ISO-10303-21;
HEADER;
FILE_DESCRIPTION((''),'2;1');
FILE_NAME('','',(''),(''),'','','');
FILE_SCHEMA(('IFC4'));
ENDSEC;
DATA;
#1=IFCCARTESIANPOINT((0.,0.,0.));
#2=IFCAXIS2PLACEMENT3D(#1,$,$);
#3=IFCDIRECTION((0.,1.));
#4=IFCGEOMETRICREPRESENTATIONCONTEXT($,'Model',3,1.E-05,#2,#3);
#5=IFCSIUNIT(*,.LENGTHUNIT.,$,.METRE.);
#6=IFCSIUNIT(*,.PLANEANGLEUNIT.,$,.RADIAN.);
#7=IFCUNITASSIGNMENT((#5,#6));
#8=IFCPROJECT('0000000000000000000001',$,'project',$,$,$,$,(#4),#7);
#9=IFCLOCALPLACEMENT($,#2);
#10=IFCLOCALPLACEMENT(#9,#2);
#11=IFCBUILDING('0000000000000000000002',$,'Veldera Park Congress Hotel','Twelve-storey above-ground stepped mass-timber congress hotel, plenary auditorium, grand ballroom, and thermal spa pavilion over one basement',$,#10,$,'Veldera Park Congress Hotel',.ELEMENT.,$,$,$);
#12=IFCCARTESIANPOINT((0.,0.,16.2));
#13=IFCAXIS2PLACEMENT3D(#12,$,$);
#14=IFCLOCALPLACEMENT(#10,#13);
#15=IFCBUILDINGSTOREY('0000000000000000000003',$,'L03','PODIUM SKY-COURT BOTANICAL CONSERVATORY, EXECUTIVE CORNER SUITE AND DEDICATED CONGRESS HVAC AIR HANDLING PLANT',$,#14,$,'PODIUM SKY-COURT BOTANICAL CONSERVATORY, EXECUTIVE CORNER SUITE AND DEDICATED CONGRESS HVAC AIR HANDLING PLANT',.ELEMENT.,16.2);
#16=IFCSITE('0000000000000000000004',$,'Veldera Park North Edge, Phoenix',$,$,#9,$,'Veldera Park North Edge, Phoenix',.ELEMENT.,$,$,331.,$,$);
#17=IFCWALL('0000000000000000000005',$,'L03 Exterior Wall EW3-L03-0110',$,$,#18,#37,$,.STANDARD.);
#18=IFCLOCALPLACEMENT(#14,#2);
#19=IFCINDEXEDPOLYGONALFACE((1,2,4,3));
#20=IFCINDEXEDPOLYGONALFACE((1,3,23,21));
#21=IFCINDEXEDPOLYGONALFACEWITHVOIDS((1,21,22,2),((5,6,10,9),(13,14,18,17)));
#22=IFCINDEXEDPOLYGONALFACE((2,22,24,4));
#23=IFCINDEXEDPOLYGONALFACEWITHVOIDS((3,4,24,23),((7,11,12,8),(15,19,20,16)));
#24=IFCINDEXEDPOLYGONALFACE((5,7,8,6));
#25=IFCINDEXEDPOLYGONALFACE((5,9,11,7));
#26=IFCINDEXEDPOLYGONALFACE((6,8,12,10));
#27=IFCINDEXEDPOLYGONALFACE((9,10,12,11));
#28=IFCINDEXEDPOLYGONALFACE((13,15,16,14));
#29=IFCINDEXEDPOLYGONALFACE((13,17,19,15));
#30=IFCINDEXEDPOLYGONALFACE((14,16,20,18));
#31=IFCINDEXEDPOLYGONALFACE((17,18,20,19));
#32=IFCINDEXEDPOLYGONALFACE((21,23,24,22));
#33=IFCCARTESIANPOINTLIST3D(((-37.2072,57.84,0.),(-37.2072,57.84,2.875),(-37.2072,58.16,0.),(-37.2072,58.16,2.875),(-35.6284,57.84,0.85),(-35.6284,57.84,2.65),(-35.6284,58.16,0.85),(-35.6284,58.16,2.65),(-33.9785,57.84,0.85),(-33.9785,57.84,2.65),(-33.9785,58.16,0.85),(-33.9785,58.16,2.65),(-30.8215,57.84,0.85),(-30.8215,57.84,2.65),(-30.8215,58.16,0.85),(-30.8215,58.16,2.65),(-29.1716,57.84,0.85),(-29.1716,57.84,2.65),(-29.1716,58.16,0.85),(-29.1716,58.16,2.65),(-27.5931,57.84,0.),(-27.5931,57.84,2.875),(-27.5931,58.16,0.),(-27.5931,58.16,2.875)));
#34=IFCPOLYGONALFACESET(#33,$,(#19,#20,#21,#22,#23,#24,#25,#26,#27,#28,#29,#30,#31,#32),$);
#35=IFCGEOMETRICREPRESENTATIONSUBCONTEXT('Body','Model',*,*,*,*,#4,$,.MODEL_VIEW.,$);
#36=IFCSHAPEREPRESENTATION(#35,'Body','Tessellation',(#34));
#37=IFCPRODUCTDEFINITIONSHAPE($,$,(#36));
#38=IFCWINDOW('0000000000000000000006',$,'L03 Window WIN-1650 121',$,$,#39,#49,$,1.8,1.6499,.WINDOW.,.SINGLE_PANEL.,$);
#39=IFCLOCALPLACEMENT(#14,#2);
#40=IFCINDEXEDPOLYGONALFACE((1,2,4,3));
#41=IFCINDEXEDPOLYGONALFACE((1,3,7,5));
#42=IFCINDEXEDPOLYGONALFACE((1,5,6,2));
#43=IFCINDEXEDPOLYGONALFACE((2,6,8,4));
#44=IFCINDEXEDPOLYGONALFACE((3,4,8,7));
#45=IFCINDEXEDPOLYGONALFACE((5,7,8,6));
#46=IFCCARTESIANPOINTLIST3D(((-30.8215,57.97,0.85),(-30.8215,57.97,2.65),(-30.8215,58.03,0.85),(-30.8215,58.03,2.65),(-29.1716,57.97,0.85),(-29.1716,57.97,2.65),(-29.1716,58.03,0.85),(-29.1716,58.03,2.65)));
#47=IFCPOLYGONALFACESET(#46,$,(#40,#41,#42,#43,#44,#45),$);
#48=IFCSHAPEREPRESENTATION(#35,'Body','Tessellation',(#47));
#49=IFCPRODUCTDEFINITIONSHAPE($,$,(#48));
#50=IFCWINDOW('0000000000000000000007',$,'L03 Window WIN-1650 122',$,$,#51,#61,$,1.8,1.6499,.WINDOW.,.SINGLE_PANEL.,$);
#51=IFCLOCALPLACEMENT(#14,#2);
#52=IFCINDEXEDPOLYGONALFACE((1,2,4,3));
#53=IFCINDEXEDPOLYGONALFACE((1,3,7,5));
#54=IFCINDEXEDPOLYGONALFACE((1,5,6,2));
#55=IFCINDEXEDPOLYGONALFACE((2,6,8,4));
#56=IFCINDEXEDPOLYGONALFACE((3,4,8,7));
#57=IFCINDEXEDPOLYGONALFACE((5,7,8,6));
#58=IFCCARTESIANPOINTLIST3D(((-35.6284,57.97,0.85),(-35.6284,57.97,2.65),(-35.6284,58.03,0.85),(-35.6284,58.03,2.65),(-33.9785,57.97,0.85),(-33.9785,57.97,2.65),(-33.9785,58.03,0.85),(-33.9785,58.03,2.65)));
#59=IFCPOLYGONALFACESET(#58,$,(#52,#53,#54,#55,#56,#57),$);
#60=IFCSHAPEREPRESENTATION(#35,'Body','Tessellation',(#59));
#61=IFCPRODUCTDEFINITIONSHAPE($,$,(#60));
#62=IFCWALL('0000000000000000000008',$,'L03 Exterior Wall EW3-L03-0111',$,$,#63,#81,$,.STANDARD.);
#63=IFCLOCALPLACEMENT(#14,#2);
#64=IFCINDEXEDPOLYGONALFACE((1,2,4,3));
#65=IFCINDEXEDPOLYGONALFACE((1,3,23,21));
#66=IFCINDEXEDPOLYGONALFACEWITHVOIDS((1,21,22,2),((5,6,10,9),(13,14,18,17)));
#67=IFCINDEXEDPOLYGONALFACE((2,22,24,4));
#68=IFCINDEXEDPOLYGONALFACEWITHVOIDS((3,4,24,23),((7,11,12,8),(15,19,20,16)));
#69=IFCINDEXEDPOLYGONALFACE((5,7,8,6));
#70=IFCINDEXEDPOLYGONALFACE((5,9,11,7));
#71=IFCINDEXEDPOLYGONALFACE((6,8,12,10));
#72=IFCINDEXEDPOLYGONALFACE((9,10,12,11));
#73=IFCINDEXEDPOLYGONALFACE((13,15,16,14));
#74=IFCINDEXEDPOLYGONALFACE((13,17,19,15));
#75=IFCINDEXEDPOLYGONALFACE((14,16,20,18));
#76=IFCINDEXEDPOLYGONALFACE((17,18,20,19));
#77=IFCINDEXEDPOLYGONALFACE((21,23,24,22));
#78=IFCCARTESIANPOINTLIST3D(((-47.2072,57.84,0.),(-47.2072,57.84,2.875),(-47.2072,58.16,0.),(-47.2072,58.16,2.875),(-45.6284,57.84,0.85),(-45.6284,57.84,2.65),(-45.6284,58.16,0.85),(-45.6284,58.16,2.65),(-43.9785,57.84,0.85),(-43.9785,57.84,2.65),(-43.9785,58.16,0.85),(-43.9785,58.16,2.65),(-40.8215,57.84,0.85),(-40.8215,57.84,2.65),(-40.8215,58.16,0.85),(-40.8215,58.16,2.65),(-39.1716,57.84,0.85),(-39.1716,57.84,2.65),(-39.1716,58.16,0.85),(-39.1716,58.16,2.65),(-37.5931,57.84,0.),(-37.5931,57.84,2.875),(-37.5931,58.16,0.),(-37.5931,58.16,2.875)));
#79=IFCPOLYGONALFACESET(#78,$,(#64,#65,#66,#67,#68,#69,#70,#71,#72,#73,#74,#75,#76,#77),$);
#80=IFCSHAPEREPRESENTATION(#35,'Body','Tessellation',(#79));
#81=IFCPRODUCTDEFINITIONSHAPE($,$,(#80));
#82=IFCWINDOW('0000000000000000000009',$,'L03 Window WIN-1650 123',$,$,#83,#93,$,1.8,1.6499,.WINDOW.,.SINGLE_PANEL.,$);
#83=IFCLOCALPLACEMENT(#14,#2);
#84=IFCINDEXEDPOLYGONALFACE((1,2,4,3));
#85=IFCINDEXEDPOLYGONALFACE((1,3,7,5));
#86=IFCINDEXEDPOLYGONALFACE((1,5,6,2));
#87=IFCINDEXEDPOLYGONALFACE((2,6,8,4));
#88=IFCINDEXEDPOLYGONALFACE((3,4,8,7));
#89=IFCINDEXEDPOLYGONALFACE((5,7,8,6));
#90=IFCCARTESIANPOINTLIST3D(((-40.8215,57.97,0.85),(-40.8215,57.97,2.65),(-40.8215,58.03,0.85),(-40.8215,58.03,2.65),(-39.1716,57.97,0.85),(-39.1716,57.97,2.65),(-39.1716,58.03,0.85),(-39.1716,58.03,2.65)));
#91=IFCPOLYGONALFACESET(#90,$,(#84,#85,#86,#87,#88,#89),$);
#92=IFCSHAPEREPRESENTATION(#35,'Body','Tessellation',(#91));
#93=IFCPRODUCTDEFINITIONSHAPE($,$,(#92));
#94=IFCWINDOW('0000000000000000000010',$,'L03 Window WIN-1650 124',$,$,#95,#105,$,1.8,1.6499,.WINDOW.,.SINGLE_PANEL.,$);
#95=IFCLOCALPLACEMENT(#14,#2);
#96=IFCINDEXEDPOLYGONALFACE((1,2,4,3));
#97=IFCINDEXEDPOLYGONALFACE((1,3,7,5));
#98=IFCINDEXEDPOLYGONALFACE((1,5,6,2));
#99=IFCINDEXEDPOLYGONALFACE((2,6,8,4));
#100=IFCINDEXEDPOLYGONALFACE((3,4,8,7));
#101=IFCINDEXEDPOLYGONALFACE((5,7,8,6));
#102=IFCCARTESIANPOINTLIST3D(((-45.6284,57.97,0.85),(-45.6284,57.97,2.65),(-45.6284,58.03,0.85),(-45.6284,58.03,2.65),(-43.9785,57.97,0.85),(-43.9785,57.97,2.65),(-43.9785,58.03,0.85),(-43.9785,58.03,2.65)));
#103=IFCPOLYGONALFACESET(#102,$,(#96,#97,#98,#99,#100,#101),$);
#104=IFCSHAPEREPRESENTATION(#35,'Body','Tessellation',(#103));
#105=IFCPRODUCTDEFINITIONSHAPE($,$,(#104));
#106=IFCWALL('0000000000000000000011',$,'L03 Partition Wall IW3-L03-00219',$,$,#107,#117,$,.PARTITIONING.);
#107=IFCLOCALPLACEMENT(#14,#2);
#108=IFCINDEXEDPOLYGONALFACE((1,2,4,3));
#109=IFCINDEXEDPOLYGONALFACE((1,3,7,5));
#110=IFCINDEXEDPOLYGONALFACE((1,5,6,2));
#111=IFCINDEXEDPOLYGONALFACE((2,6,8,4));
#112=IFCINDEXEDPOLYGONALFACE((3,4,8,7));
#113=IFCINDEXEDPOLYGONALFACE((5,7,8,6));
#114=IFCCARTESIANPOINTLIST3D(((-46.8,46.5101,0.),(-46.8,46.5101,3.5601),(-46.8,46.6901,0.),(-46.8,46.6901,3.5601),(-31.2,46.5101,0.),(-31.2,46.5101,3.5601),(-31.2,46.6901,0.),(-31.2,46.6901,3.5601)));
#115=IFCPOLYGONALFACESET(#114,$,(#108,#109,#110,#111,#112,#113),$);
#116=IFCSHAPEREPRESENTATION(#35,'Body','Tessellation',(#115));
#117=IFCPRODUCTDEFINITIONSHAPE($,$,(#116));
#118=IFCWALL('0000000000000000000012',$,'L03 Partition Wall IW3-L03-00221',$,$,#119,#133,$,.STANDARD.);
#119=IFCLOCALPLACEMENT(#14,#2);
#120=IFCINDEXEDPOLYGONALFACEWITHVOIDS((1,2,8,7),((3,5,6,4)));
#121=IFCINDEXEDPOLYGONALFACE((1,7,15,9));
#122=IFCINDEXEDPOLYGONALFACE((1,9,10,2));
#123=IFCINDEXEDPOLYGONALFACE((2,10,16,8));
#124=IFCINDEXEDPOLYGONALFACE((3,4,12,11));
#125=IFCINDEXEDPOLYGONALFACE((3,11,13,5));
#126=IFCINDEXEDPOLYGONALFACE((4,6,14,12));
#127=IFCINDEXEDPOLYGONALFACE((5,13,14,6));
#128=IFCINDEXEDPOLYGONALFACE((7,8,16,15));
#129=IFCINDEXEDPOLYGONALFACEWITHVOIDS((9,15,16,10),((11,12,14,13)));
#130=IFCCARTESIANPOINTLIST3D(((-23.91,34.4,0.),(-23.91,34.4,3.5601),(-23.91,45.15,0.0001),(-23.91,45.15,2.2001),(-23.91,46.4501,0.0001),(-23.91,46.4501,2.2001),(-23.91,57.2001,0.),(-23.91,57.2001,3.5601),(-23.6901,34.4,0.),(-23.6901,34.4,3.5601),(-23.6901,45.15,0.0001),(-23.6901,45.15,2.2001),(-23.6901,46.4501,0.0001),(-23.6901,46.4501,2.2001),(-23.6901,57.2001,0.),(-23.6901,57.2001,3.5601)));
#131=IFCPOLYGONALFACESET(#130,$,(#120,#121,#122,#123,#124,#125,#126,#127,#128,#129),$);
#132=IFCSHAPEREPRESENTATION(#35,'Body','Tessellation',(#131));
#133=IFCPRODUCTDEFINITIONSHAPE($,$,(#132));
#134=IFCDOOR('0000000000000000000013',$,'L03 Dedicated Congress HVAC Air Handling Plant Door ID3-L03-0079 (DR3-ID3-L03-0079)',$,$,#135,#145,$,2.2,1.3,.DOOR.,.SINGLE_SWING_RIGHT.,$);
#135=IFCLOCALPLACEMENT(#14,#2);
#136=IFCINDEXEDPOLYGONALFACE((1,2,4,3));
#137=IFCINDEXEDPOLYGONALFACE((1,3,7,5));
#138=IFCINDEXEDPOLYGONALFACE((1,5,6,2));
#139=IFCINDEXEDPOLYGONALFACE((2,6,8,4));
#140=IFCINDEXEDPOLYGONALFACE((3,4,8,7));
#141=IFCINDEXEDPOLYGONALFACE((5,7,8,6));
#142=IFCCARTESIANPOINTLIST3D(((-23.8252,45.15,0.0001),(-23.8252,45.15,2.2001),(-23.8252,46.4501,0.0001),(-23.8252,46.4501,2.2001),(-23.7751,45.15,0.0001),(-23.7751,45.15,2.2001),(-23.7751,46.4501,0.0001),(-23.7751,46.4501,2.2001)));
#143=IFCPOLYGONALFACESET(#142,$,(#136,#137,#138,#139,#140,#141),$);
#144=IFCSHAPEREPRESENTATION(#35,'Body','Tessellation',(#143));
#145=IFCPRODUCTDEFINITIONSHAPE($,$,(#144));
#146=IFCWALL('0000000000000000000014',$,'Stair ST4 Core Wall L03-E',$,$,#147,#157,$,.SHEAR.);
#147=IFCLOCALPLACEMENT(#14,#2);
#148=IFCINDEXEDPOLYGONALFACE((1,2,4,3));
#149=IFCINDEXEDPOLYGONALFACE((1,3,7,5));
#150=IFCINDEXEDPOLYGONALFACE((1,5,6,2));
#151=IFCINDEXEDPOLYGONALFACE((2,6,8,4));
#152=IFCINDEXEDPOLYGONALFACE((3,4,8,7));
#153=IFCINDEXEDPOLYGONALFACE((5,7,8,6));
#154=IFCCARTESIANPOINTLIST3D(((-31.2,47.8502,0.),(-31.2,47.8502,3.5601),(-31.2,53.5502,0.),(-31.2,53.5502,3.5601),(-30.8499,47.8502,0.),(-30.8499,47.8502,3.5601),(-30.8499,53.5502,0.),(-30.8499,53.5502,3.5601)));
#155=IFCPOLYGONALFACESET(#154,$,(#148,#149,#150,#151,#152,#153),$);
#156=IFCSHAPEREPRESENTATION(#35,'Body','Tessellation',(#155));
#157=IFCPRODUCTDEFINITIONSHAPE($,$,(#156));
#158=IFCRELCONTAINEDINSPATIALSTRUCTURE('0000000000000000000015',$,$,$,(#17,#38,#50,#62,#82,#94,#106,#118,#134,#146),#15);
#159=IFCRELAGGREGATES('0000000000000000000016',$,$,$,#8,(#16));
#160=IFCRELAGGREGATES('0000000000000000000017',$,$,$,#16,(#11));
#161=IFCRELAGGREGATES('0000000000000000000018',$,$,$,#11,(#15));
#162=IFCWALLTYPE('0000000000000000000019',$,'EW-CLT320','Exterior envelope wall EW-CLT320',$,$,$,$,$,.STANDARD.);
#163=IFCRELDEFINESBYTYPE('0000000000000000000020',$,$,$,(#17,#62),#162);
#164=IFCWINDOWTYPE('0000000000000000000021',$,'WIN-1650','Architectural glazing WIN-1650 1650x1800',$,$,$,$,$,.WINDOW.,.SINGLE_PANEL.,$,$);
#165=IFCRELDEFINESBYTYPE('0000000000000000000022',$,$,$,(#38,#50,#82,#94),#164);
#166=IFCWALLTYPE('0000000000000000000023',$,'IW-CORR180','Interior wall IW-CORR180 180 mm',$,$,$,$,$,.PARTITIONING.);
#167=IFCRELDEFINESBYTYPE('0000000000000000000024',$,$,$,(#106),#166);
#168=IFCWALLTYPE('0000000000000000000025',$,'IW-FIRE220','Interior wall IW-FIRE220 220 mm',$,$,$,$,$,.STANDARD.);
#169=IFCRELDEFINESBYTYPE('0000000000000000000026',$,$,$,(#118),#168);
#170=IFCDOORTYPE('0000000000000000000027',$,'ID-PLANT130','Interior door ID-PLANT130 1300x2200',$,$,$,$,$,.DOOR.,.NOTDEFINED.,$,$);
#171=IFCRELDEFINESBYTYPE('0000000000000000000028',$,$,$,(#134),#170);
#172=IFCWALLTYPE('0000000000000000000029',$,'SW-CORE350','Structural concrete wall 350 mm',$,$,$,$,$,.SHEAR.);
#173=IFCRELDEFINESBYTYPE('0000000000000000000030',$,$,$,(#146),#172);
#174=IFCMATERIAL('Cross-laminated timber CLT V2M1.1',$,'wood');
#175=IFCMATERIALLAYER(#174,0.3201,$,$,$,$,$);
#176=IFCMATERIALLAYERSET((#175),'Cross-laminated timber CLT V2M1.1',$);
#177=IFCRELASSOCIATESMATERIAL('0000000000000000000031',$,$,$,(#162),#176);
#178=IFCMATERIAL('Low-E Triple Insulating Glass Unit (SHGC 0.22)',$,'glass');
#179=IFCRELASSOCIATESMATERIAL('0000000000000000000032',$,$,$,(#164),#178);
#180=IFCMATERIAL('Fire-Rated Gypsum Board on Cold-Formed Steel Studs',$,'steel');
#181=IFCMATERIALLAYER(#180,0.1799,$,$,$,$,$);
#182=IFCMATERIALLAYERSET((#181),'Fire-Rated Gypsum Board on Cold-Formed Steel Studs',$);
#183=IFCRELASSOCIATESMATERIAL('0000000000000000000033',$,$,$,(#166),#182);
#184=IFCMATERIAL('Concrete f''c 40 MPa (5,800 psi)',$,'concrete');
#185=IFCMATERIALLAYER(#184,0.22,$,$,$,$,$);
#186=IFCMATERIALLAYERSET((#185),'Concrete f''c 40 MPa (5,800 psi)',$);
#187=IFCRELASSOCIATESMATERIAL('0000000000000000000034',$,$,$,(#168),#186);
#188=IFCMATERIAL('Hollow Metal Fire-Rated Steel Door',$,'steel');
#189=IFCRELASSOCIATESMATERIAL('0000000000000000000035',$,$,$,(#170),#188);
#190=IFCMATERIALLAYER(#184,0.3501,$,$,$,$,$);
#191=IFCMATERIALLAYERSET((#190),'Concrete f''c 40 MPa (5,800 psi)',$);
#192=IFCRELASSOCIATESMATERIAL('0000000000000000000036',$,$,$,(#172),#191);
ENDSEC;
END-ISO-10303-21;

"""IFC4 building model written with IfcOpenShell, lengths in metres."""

from ifc_helpers import new_model, si_unit, direction, frame, frame_2d, origin, place, context, subcontext, project, spatial, rectangle, extrude, material, layer, layer_set, type_object, element, fill, save


model = new_model("IFC4")

# Units and contexts
model_context = context("Model", 3, precision=1e-05, world=origin(), true_north=direction((0.0, 1.0)))
body_context = subcontext(model_context, "Body", "Model", "MODEL_VIEW")
ifc_project = project(units=[si_unit("LENGTHUNIT", "METRE"), si_unit("PLANEANGLEUNIT", "RADIAN")], contexts=[model_context])

# Site, building, storey
site_placement = place(None, origin())
site = spatial("IfcSite", under=ifc_project, at=site_placement, Name="Veldera Park North Edge, Phoenix", LongName="Veldera Park North Edge, Phoenix", CompositionType="ELEMENT", RefElevation=331.0)
building_placement = place(site_placement, origin())
building = spatial("IfcBuilding", under=site, at=building_placement, Name="Veldera Park Congress Hotel", Description="Twelve-storey above-ground stepped mass-timber congress hotel, plenary auditorium, grand ballroom, and thermal spa pavilion over one basement", LongName="Veldera Park Congress Hotel", CompositionType="ELEMENT")
storey_placement = place(building_placement, frame((0.0, 0.0, 16.2)))
storey = spatial("IfcBuildingStorey", under=building, at=storey_placement, Name="L03", Description="PODIUM SKY-COURT BOTANICAL CONSERVATORY, EXECUTIVE CORNER SUITE AND DEDICATED CONGRESS HVAC AIR HANDLING PLANT", LongName="PODIUM SKY-COURT BOTANICAL CONSERVATORY, EXECUTIVE CORNER SUITE AND DEDICATED CONGRESS HVAC AIR HANDLING PLANT", CompositionType="ELEMENT", Elevation=16.2)

# Walls, openings, windows
ifc_material_1 = material(Name="Cross-laminated timber CLT V2M1.1", Category="wood")
ifc_layer_1 = layer(ifc_material_1, 0.3201)
ifc_layer_set_1 = layer_set([ifc_layer_1], Name="Cross-laminated timber CLT V2M1.1")
wall_type_1 = type_object("IfcWallType", Name="EW-CLT320", Description="Exterior envelope wall EW-CLT320", PredefinedType="STANDARD", material=ifc_layer_set_1)
wall_1_placement = place(storey_placement, frame((-27.593, 58.0, 0.0), z_axis=(0.0, 0.0, 1.0), x_axis=(-1.0, 0.0, 0.0)))
wall_1 = element("IfcWall", 1, at=wall_1_placement, inside=storey, type_object=wall_type_1, Name="L03 Exterior Wall EW3-L03-0110", PredefinedType="STANDARD", context=body_context, shape_type="SweptSolid", body=[
    extrude(rectangle(XDim=9.614, YDim=0.3201, at=frame_2d((4.8071, 0.0))), origin(), (0.0, 0.0, 1.0), 2.875),
])
opening_1_placement = place(wall_1_placement, frame((1.5786, 0.0, 0.8501)))
opening_1 = element("IfcOpeningElement", 2, at=opening_1_placement, cuts=wall_1, PredefinedType="OPENING", context=body_context, shape_type="SweptSolid", body=[
    extrude(rectangle(XDim=1.6499, YDim=1.8, at=frame_2d((0.825, 0.8999))), frame((0.0, 0.1721, 0.0), z_axis=(0.0, -1.0, 0.0), x_axis=(1.0, 0.0, 0.0)), (0.0, 0.0, 1.0), 0.344),
])
opening_2_placement = place(wall_1_placement, frame((6.3855, 0.0, 0.8501)))
opening_2 = element("IfcOpeningElement", 3, at=opening_2_placement, cuts=wall_1, PredefinedType="OPENING", context=body_context, shape_type="SweptSolid", body=[
    extrude(rectangle(XDim=1.6499, YDim=1.8, at=frame_2d((0.825, 0.8999))), frame((0.0, 0.1721, 0.0), z_axis=(0.0, -1.0, 0.0), x_axis=(1.0, 0.0, 0.0)), (0.0, 0.0, 1.0), 0.344),
])
ifc_material_2 = material(Name="Low-E Triple Insulating Glass Unit (SHGC 0.22)", Category="glass")
window_type = type_object("IfcWindowType", Name="WIN-1650", Description="Architectural glazing WIN-1650 1650x1800", PartitioningType="SINGLE_PANEL", PredefinedType="WINDOW", material=ifc_material_2)
window_1_placement = place(opening_1_placement, origin())
window_1 = element("IfcWindow", 4, at=window_1_placement, inside=storey, type_object=window_type, Name="L03 Window WIN-1650 121", OverallHeight=1.8, OverallWidth=1.6499, PartitioningType="SINGLE_PANEL", PredefinedType="WINDOW", context=body_context, shape_type="SweptSolid", body=[
    extrude(rectangle(XDim=1.6499, YDim=1.8, at=frame_2d((0.825, 0.8999))), frame((0.0, 0.03, 0.0), z_axis=(0.0, -1.0, 0.0), x_axis=(1.0, 0.0, 0.0)), (0.0, 0.0, 1.0), 0.0601),
])
fill(opening_1, window_1)
window_2_placement = place(opening_2_placement, origin())
window_2 = element("IfcWindow", 5, at=window_2_placement, inside=storey, type_object=window_type, Name="L03 Window WIN-1650 122", OverallHeight=1.8, OverallWidth=1.6499, PartitioningType="SINGLE_PANEL", PredefinedType="WINDOW", context=body_context, shape_type="SweptSolid", body=[
    extrude(rectangle(XDim=1.6499, YDim=1.8, at=frame_2d((0.825, 0.8999))), frame((0.0, 0.03, 0.0), z_axis=(0.0, -1.0, 0.0), x_axis=(1.0, 0.0, 0.0)), (0.0, 0.0, 1.0), 0.0601),
])
fill(opening_2, window_2)
wall_2_placement = place(storey_placement, frame((-37.593, 58.0, 0.0), z_axis=(0.0, 0.0, 1.0), x_axis=(-1.0, 0.0, 0.0)))
wall_2 = element("IfcWall", 6, at=wall_2_placement, inside=storey, type_object=wall_type_1, Name="L03 Exterior Wall EW3-L03-0111", PredefinedType="STANDARD", context=body_context, shape_type="SweptSolid", body=[
    extrude(rectangle(XDim=9.614, YDim=0.3201, at=frame_2d((4.8071, 0.0))), origin(), (0.0, 0.0, 1.0), 2.875),
])
opening_3_placement = place(wall_2_placement, frame((1.5786, 0.0, 0.8501)))
opening_3 = element("IfcOpeningElement", 7, at=opening_3_placement, cuts=wall_2, PredefinedType="OPENING", context=body_context, shape_type="SweptSolid", body=[
    extrude(rectangle(XDim=1.6499, YDim=1.8, at=frame_2d((0.825, 0.8999))), frame((0.0, 0.1721, 0.0), z_axis=(0.0, -1.0, 0.0), x_axis=(1.0, 0.0, 0.0)), (0.0, 0.0, 1.0), 0.344),
])
opening_4_placement = place(wall_2_placement, frame((6.3855, 0.0, 0.8501)))
opening_4 = element("IfcOpeningElement", 8, at=opening_4_placement, cuts=wall_2, PredefinedType="OPENING", context=body_context, shape_type="SweptSolid", body=[
    extrude(rectangle(XDim=1.6499, YDim=1.8, at=frame_2d((0.825, 0.8999))), frame((0.0, 0.1721, 0.0), z_axis=(0.0, -1.0, 0.0), x_axis=(1.0, 0.0, 0.0)), (0.0, 0.0, 1.0), 0.344),
])
window_3_placement = place(opening_3_placement, origin())
window_3 = element("IfcWindow", 9, at=window_3_placement, inside=storey, type_object=window_type, Name="L03 Window WIN-1650 123", OverallHeight=1.8, OverallWidth=1.6499, PartitioningType="SINGLE_PANEL", PredefinedType="WINDOW", context=body_context, shape_type="SweptSolid", body=[
    extrude(rectangle(XDim=1.6499, YDim=1.8, at=frame_2d((0.825, 0.8999))), frame((0.0, 0.03, 0.0), z_axis=(0.0, -1.0, 0.0), x_axis=(1.0, 0.0, 0.0)), (0.0, 0.0, 1.0), 0.0601),
])
fill(opening_3, window_3)
window_4_placement = place(opening_4_placement, origin())
window_4 = element("IfcWindow", 10, at=window_4_placement, inside=storey, type_object=window_type, Name="L03 Window WIN-1650 124", OverallHeight=1.8, OverallWidth=1.6499, PartitioningType="SINGLE_PANEL", PredefinedType="WINDOW", context=body_context, shape_type="SweptSolid", body=[
    extrude(rectangle(XDim=1.6499, YDim=1.8, at=frame_2d((0.825, 0.8999))), frame((0.0, 0.03, 0.0), z_axis=(0.0, -1.0, 0.0), x_axis=(1.0, 0.0, 0.0)), (0.0, 0.0, 1.0), 0.0601),
])
fill(opening_4, window_4)

# Wall
ifc_material_3 = material(Name="Fire-Rated Gypsum Board on Cold-Formed Steel Studs", Category="steel")
ifc_layer_2 = layer(ifc_material_3, 0.1799)
ifc_layer_set_2 = layer_set([ifc_layer_2], Name="Fire-Rated Gypsum Board on Cold-Formed Steel Studs")
wall_type_2 = type_object("IfcWallType", Name="IW-CORR180", Description="Interior wall IW-CORR180 180 mm", PredefinedType="PARTITIONING", material=ifc_layer_set_2)
wall_3_placement = place(storey_placement, frame((-31.2, 46.6001, 0.0), z_axis=(0.0, 0.0, 1.0), x_axis=(-1.0, 0.0, 0.0)))
element("IfcWall", 11, at=wall_3_placement, inside=storey, type_object=wall_type_2, Name="L03 Partition Wall IW3-L03-00219", PredefinedType="PARTITIONING", context=body_context, shape_type="SweptSolid", body=[
    extrude(rectangle(XDim=15.6001, YDim=0.1799, at=frame_2d((7.8, 0.0))), origin(), (0.0, 0.0, 1.0), 3.5601),
])

# Wall, opening, door
ifc_material_4 = material(Name="Concrete f'c 40 MPa (5,800 psi)", Category="concrete")
ifc_layer_3 = layer(ifc_material_4, 0.22)
ifc_layer_set_3 = layer_set([ifc_layer_3], Name="Concrete f'c 40 MPa (5,800 psi)")
wall_type_3 = type_object("IfcWallType", Name="IW-FIRE220", Description="Interior wall IW-FIRE220 220 mm", PredefinedType="STANDARD", material=ifc_layer_set_3)
wall_4_placement = place(storey_placement, frame((-23.8, 57.2, 0.0), z_axis=(0.0, 0.0, 1.0), x_axis=(0.0, -1.0, 0.0)))
wall_4 = element("IfcWall", 12, at=wall_4_placement, inside=storey, type_object=wall_type_3, Name="L03 Partition Wall IW3-L03-00221", PredefinedType="STANDARD", context=body_context, shape_type="SweptSolid", body=[
    extrude(rectangle(XDim=22.8, YDim=0.22, at=frame_2d((11.3999, 0.0))), origin(), (0.0, 0.0, 1.0), 3.5601),
])
opening_5_placement = place(wall_4_placement, frame((10.75, 0.0, 0.0)))
opening_5 = element("IfcOpeningElement", 13, at=opening_5_placement, cuts=wall_4, PredefinedType="OPENING", context=body_context, shape_type="SweptSolid", body=[
    extrude(rectangle(XDim=1.3, YDim=2.2, at=frame_2d((0.6499, 1.1001))), frame((0.0, 0.1221, 0.0), z_axis=(0.0, -1.0, 0.0), x_axis=(1.0, 0.0, 0.0)), (0.0, 0.0, 1.0), 0.2439),
])
ifc_material_5 = material(Name="Hollow Metal Fire-Rated Steel Door", Category="steel")
door_type = type_object("IfcDoorType", Name="ID-PLANT130", Description="Interior door ID-PLANT130 1300x2200", OperationType="NOTDEFINED", PredefinedType="DOOR", material=ifc_material_5)
door_placement = place(opening_5_placement, origin())
door = element("IfcDoor", 14, at=door_placement, inside=storey, type_object=door_type, Name="L03 Dedicated Congress HVAC Air Handling Plant Door ID3-L03-0079 (DR3-ID3-L03-0079)", OperationType="SINGLE_SWING_RIGHT", OverallHeight=2.2, OverallWidth=1.3, PredefinedType="DOOR", context=body_context, shape_type="SweptSolid", body=[
    extrude(rectangle(XDim=1.3, YDim=2.2, at=frame_2d((0.6499, 1.1001))), frame((0.0, 0.0249, 0.0), z_axis=(0.0, -1.0, 0.0), x_axis=(1.0, 0.0, 0.0)), (0.0, 0.0, 1.0), 0.05),
])
fill(opening_5, door)

# Wall
ifc_layer_4 = layer(ifc_material_4, 0.3501)
ifc_layer_set_4 = layer_set([ifc_layer_4], Name="Concrete f'c 40 MPa (5,800 psi)")
wall_type_4 = type_object("IfcWallType", Name="SW-CORE350", Description="Structural concrete wall 350 mm", PredefinedType="SHEAR", material=ifc_layer_set_4)
wall_5_placement = place(storey_placement, frame((-31.0249, 47.8501, 0.0), z_axis=(0.0, 0.0, 1.0), x_axis=(0.0, 1.0, 0.0)))
element("IfcWall", 15, at=wall_5_placement, inside=storey, type_object=wall_type_4, Name="Stair ST4 Core Wall L03-E", PredefinedType="SHEAR", context=body_context, shape_type="SweptSolid", body=[
    extrude(rectangle(XDim=5.7, YDim=0.3501, at=frame_2d((2.8501, 0.0))), origin(), (0.0, 0.0, 1.0), 3.5601),
])

save(model, "model.ifc")
